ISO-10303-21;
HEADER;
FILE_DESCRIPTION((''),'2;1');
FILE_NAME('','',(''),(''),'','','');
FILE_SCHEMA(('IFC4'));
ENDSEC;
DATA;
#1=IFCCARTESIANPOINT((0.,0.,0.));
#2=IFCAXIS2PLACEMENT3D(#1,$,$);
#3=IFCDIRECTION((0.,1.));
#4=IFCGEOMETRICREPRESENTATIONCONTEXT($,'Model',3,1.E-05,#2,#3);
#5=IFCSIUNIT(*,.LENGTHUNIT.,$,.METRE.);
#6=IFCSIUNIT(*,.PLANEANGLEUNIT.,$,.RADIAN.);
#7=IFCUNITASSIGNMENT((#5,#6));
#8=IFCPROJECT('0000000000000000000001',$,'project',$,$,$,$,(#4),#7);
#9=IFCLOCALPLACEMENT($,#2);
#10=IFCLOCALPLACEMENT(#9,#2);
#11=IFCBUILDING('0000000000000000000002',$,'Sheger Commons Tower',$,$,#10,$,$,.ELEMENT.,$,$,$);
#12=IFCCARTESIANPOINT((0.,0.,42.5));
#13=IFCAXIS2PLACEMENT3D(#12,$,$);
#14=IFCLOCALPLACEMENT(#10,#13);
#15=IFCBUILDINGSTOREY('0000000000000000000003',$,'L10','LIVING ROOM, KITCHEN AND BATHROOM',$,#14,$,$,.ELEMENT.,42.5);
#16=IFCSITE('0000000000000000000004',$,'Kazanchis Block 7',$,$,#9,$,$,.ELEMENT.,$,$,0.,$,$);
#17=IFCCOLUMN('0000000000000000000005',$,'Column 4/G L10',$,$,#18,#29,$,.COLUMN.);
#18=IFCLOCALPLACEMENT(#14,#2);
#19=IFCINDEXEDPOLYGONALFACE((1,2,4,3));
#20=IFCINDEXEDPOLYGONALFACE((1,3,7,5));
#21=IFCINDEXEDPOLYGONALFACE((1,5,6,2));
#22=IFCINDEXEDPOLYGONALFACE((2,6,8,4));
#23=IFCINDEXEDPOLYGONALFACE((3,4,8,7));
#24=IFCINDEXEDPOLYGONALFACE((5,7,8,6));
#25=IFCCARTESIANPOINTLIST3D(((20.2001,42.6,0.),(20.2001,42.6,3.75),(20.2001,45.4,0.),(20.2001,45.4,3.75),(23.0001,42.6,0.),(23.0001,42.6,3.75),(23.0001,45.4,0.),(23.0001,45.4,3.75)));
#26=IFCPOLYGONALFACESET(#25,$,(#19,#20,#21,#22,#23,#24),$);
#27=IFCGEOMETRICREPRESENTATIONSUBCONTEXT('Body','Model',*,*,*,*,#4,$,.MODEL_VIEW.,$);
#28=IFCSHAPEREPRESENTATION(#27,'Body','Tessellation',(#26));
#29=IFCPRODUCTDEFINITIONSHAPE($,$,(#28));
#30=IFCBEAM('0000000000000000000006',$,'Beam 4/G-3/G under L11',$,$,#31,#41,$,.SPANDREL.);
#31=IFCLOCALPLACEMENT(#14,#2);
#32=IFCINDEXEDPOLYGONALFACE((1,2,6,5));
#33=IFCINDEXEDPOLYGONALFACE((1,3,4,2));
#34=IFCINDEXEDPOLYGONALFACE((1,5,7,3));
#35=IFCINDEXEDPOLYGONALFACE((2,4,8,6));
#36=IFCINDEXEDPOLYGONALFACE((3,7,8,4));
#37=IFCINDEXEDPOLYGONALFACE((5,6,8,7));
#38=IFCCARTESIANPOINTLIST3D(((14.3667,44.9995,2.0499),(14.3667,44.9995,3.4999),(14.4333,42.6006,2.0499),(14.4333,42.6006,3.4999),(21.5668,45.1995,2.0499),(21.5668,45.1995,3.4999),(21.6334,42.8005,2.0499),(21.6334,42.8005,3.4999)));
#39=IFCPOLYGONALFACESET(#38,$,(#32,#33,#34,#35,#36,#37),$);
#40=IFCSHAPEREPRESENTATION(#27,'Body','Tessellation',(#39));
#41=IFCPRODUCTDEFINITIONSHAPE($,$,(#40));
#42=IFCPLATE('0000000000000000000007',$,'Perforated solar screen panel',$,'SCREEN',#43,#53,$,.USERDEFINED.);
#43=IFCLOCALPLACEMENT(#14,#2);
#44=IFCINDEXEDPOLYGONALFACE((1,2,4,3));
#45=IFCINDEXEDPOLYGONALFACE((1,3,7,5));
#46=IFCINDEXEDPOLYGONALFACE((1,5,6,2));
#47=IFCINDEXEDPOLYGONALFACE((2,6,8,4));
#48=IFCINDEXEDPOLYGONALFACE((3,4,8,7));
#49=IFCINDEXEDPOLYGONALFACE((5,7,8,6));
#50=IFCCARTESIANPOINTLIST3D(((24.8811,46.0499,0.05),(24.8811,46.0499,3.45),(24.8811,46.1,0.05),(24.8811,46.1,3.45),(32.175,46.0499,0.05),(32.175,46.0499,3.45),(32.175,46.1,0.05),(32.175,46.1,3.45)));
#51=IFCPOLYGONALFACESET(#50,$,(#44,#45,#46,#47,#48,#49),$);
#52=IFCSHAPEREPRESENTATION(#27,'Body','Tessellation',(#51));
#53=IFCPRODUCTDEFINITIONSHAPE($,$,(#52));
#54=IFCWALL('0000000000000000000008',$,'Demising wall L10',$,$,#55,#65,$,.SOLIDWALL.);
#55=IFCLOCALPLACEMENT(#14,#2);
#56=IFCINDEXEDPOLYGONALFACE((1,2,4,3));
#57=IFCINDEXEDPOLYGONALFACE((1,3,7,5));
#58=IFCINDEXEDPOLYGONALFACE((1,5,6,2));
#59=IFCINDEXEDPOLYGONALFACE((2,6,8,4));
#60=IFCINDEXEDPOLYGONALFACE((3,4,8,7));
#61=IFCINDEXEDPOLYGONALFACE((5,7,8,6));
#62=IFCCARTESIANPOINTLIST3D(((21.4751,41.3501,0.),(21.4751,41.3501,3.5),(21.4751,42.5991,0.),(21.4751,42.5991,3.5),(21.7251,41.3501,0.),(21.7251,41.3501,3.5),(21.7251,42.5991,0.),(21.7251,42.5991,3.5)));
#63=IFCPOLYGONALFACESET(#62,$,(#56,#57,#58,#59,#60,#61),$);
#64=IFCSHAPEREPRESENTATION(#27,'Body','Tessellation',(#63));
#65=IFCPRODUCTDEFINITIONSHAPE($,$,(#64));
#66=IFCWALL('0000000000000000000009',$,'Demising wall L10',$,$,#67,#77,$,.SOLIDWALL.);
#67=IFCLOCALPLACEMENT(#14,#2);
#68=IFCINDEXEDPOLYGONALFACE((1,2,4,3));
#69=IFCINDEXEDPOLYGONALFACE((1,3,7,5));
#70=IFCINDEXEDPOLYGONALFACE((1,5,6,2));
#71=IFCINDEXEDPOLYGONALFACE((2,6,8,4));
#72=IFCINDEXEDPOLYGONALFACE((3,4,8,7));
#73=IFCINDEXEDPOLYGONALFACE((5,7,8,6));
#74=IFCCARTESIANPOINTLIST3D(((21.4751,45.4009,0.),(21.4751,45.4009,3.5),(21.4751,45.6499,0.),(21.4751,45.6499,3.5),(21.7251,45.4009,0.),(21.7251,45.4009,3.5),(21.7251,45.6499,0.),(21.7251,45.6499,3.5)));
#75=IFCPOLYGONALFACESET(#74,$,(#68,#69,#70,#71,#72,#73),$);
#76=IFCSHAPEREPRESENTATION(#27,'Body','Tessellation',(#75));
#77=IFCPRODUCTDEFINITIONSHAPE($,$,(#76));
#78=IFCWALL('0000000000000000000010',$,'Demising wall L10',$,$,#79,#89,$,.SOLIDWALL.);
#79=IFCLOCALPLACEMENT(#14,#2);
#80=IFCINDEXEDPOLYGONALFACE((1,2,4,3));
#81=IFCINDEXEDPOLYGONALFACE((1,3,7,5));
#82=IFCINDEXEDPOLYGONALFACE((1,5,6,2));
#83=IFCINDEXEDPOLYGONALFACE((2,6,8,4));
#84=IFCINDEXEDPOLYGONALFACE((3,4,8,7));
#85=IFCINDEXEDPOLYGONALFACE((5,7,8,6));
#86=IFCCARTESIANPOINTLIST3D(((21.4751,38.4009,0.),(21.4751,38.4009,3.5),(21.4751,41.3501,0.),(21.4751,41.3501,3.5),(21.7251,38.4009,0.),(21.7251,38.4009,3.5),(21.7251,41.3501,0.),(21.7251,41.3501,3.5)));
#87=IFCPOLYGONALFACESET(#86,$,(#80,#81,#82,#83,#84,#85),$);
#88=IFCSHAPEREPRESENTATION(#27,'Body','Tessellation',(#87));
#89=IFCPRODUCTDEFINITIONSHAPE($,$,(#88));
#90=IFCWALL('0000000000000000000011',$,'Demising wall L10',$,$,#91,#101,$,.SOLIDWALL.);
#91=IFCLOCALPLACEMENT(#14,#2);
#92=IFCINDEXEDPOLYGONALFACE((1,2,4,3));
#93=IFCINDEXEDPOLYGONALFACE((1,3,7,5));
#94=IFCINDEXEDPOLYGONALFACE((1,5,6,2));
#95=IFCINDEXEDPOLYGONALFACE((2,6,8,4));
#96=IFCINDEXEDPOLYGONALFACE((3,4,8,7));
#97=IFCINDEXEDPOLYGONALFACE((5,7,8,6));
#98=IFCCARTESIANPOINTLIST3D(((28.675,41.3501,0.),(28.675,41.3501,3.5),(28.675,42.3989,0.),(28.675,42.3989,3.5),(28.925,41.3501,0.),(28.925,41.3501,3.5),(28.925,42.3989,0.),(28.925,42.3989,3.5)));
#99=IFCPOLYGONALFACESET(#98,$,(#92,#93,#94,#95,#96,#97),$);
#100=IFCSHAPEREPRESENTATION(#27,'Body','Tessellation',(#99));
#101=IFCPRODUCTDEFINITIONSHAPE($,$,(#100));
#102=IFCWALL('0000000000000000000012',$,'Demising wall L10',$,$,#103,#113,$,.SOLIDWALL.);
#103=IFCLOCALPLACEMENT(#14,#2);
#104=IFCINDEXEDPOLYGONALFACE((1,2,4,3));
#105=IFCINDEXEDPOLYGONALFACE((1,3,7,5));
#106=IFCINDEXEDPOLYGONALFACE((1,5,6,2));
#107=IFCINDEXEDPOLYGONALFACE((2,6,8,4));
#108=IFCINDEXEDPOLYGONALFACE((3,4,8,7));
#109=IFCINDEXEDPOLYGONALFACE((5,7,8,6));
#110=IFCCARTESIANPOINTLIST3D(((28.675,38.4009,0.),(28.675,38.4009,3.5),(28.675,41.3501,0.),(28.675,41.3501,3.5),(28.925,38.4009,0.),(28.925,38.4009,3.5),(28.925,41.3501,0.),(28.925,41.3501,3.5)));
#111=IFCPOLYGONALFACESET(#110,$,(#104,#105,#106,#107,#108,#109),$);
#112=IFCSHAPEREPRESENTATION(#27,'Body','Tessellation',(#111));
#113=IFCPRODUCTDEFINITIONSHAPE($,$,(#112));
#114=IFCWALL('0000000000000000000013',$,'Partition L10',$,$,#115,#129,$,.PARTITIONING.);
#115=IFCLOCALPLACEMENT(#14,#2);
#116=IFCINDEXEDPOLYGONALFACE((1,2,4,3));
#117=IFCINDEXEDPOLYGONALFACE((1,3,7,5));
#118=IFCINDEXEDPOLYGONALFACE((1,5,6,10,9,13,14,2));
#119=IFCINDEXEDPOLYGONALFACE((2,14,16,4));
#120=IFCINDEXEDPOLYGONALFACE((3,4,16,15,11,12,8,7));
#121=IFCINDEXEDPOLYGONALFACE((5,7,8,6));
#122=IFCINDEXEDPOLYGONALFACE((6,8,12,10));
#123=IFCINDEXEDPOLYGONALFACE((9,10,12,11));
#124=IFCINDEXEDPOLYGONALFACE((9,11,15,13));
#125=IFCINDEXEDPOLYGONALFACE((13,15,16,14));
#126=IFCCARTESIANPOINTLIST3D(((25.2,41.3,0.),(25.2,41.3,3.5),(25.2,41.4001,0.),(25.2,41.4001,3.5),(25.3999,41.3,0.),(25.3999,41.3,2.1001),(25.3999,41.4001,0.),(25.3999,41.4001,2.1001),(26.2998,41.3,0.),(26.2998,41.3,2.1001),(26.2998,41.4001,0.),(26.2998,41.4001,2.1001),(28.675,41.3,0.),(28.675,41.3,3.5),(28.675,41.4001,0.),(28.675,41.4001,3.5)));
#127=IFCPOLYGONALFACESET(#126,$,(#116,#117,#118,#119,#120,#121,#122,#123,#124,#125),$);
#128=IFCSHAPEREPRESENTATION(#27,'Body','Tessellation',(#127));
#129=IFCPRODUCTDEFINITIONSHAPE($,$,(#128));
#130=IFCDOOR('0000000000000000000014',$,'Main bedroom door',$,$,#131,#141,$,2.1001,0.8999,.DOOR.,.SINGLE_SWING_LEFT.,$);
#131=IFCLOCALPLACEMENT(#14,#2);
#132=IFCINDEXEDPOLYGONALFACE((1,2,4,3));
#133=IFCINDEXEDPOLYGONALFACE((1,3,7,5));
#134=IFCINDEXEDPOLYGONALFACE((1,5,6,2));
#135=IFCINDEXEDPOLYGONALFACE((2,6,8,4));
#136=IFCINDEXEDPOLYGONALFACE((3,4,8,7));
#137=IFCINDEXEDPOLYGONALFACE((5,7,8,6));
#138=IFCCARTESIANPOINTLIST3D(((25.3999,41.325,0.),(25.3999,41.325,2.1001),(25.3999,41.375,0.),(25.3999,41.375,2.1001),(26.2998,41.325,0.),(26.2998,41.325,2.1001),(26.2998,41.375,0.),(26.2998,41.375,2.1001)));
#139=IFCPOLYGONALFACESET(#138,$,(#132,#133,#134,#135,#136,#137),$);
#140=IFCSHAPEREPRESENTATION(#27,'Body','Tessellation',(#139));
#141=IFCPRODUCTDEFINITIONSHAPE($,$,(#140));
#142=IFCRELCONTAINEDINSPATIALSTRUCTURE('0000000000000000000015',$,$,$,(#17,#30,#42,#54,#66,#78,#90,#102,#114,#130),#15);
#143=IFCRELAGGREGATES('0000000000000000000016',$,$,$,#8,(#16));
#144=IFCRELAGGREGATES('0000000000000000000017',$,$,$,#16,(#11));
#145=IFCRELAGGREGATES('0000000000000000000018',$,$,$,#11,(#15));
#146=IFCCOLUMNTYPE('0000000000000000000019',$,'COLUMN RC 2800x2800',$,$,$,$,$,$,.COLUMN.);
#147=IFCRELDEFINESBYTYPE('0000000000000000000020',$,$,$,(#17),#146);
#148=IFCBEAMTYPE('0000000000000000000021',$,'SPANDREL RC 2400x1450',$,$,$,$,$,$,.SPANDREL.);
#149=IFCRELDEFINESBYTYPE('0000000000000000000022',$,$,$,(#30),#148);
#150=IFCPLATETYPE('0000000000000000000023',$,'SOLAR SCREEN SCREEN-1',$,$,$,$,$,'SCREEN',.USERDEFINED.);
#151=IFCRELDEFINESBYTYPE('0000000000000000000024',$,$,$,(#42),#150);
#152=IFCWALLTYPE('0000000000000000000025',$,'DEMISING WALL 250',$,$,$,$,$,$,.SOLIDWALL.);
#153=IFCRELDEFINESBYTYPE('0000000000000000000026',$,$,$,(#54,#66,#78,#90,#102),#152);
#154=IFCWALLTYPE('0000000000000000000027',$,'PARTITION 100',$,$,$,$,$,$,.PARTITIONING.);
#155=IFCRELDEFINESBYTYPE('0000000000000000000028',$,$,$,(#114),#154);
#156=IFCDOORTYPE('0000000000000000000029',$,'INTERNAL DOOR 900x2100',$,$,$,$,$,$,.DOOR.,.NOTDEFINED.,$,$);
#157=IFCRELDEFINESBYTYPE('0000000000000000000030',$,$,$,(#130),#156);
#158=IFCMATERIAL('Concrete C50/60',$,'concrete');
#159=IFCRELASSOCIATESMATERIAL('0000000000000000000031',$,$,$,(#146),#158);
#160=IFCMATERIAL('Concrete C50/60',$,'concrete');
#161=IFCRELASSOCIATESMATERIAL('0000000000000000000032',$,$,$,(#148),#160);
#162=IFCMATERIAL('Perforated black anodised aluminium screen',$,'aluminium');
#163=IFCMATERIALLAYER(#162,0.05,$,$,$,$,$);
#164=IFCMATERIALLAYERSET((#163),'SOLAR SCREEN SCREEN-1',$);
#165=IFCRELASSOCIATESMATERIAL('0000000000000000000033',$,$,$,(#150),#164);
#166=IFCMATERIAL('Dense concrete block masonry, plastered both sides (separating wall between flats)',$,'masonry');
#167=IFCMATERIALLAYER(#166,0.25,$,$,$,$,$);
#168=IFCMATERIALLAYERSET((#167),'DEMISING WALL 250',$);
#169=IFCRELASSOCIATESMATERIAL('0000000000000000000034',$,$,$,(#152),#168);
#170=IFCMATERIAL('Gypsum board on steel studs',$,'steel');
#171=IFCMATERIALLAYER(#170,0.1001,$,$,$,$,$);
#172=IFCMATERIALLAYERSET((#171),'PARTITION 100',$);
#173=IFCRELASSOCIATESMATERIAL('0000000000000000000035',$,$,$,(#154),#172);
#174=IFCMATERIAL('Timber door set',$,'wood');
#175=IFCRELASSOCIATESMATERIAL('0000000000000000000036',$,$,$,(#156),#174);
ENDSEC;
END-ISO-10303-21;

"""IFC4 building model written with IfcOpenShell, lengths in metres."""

from ifc_helpers import new_model, si_unit, direction, frame, frame_2d, origin, origin_2d, place, context, subcontext, project, spatial, rectangle, extrude, material, layer, layer_set, material_profile, profile_set, type_object, element, fill, save


model = new_model("IFC4")

# Units and contexts
model_context = context("Model", 3, precision=1e-05, world=origin(), true_north=direction((0.0, 1.0)))
body_context = subcontext(model_context, "Body", "Model", "MODEL_VIEW")
ifc_project = project(units=[si_unit("LENGTHUNIT", "METRE"), si_unit("PLANEANGLEUNIT", "RADIAN")], contexts=[model_context])

# Site, building, storey
site_placement = place(None, origin())
site = spatial("IfcSite", under=ifc_project, at=site_placement, Name="Kazanchis Block 7", CompositionType="ELEMENT", RefElevation=0.0)
building_placement = place(site_placement, origin())
building = spatial("IfcBuilding", under=site, at=building_placement, Name="Sheger Commons Tower", CompositionType="ELEMENT")
storey_placement = place(building_placement, frame((0.0, 0.0, 42.5)))
storey = spatial("IfcBuildingStorey", under=building, at=storey_placement, Name="L10", Description="LIVING ROOM, KITCHEN AND BATHROOM", CompositionType="ELEMENT", Elevation=42.5)

# Column
ifc_material_1 = material(Name="Concrete C50/60", Category="concrete")
ifc_material_profile_1 = material_profile(ifc_material_1, rectangle(XDim=2.8, YDim=2.8, at=origin_2d()), Name="RC 2800x2800")
ifc_profile_set_1 = profile_set([ifc_material_profile_1], Name="Concrete C50/60")
column_type = type_object("IfcColumnType", Name="COLUMN RC 2800x2800", PredefinedType="COLUMN", material=ifc_profile_set_1)
column_placement = place(storey_placement, frame((21.6001, 44.0, 0.0), z_axis=(0.0, 0.0, 1.0), x_axis=(1.0, 0.0, 0.0)))
element("IfcColumn", 1, at=column_placement, inside=storey, type_object=column_type, Name="Column 4/G L10", PredefinedType="COLUMN", context=body_context, shape_type="SweptSolid", body=[
    extrude(rectangle(XDim=2.8, YDim=2.8, at=origin_2d()), origin(), (0.0, 0.0, 1.0), 3.75),
])

# Beam
ifc_material_2 = material(Name="Concrete C50/60", Category="concrete")
ifc_material_profile_2 = material_profile(ifc_material_2, rectangle(XDim=2.3999, YDim=1.45, at=origin_2d()), Name="RC 2400x1450")
ifc_profile_set_2 = profile_set([ifc_material_profile_2], Name="Concrete C50/60")
beam_type = type_object("IfcBeamType", Name="SPANDREL RC 2400x1450", PredefinedType="SPANDREL", material=ifc_profile_set_2)
beam_placement = place(storey_placement, frame((21.6001, 44.0, 2.7749), z_axis=(-0.999615, -0.02776, 0.0), x_axis=(0.02776, -0.999615, 0.0)))
element("IfcBeam", 2, at=beam_placement, inside=storey, type_object=beam_type, Name="Beam 4/G-3/G under L11", PredefinedType="SPANDREL", context=body_context, shape_type="SweptSolid", body=[
    extrude(rectangle(XDim=2.3999, YDim=1.45, at=origin_2d()), origin(), (0.0, 0.0, 1.0), 7.2029),
])

# Plate
ifc_material_3 = material(Name="Perforated black anodised aluminium screen", Category="aluminium")
ifc_layer_1 = layer(ifc_material_3, 0.05)
ifc_layer_set_1 = layer_set([ifc_layer_1], Name="SOLAR SCREEN SCREEN-1")
plate_type = type_object("IfcPlateType", Name="SOLAR SCREEN SCREEN-1", ElementType="SCREEN", PredefinedType="USERDEFINED", material=ifc_layer_set_1)
plate_placement = place(storey_placement, frame((28.5281, 46.075, 0.05), z_axis=(0.0, 0.0, 1.0), x_axis=(-1.0, 0.0, 0.0)))
element("IfcPlate", 3, at=plate_placement, inside=storey, type_object=plate_type, Name="Perforated solar screen panel", ObjectType="SCREEN", PredefinedType="USERDEFINED", context=body_context, shape_type="SweptSolid", body=[
    extrude(rectangle(XDim=7.2939, YDim=0.05, at=origin_2d()), origin(), (0.0, 0.0, 1.0), 3.3999),
])

# Walls
ifc_material_4 = material(Name="Dense concrete block masonry, plastered both sides (separating wall between flats)", Category="masonry")
ifc_layer_2 = layer(ifc_material_4, 0.25)
ifc_layer_set_2 = layer_set([ifc_layer_2], Name="DEMISING WALL 250")
wall_type_1 = type_object("IfcWallType", Name="DEMISING WALL 250", PredefinedType="SOLIDWALL", material=ifc_layer_set_2)
wall_1_placement = place(storey_placement, frame((21.6001, 41.3501, 0.0), z_axis=(0.0, 0.0, 1.0), x_axis=(0.0, 1.0, 0.0)))
element("IfcWall", 4, at=wall_1_placement, inside=storey, type_object=wall_type_1, Name="Demising wall L10", PredefinedType="SOLIDWALL", context=body_context, shape_type="SweptSolid", body=[
    extrude(rectangle(XDim=1.249, YDim=0.25, at=frame_2d((0.6245, 0.0))), origin(), (0.0, 0.0, 1.0), 3.5),
])
wall_2_placement = place(storey_placement, frame((21.6001, 45.4009, 0.0), z_axis=(0.0, 0.0, 1.0), x_axis=(0.0, 1.0, 0.0)))
element("IfcWall", 5, at=wall_2_placement, inside=storey, type_object=wall_type_1, Name="Demising wall L10", PredefinedType="SOLIDWALL", context=body_context, shape_type="SweptSolid", body=[
    extrude(rectangle(XDim=0.249, YDim=0.25, at=frame_2d((0.1245, 0.0))), origin(), (0.0, 0.0, 1.0), 3.5),
])
wall_3_placement = place(storey_placement, frame((21.6001, 38.4009, 0.0), z_axis=(0.0, 0.0, 1.0), x_axis=(0.0, 1.0, 0.0)))
element("IfcWall", 6, at=wall_3_placement, inside=storey, type_object=wall_type_1, Name="Demising wall L10", PredefinedType="SOLIDWALL", context=body_context, shape_type="SweptSolid", body=[
    extrude(rectangle(XDim=2.9492, YDim=0.25, at=frame_2d((1.4746, 0.0))), origin(), (0.0, 0.0, 1.0), 3.5),
])
wall_4_placement = place(storey_placement, frame((28.8, 41.3501, 0.0), z_axis=(0.0, 0.0, 1.0), x_axis=(0.0, 1.0, 0.0)))
element("IfcWall", 7, at=wall_4_placement, inside=storey, type_object=wall_type_1, Name="Demising wall L10", PredefinedType="SOLIDWALL", context=body_context, shape_type="SweptSolid", body=[
    extrude(rectangle(XDim=1.0488, YDim=0.25, at=frame_2d((0.5244, 0.0))), origin(), (0.0, 0.0, 1.0), 3.5),
])
wall_5_placement = place(storey_placement, frame((28.8, 38.4009, 0.0), z_axis=(0.0, 0.0, 1.0), x_axis=(0.0, 1.0, 0.0)))
element("IfcWall", 8, at=wall_5_placement, inside=storey, type_object=wall_type_1, Name="Demising wall L10", PredefinedType="SOLIDWALL", context=body_context, shape_type="SweptSolid", body=[
    extrude(rectangle(XDim=2.9492, YDim=0.25, at=frame_2d((1.4746, 0.0))), origin(), (0.0, 0.0, 1.0), 3.5),
])

# Wall, opening, door
ifc_material_5 = material(Name="Gypsum board on steel studs", Category="steel")
ifc_layer_3 = layer(ifc_material_5, 0.1001)
ifc_layer_set_3 = layer_set([ifc_layer_3], Name="PARTITION 100")
wall_type_2 = type_object("IfcWallType", Name="PARTITION 100", PredefinedType="PARTITIONING", material=ifc_layer_set_3)
wall_6_placement = place(storey_placement, frame((25.2, 41.3501, 0.0), z_axis=(0.0, 0.0, 1.0), x_axis=(1.0, 0.0, 0.0)))
wall_6 = element("IfcWall", 9, at=wall_6_placement, inside=storey, type_object=wall_type_2, Name="Partition L10", PredefinedType="PARTITIONING", context=body_context, shape_type="SweptSolid", body=[
    extrude(rectangle(XDim=3.4751, YDim=0.1001, at=frame_2d((1.7375, 0.0))), origin(), (0.0, 0.0, 1.0), 3.5),
])
opening_1_placement = place(wall_6_placement, frame((0.2, 0.0, 0.0)))
opening_1 = element("IfcOpeningElement", 10, at=opening_1_placement, cuts=wall_6, PredefinedType="OPENING", context=body_context, shape_type="SweptSolid", body=[
    extrude(rectangle(XDim=0.8999, YDim=2.1001, at=frame_2d((0.45, 1.05))), frame((0.0, 0.0601, 0.0), z_axis=(0.0, -1.0, 0.0), x_axis=(1.0, 0.0, 0.0)), (0.0, 0.0, 1.0), 0.1201),
])
ifc_material_6 = material(Name="Timber door set", Category="wood")
door_type = type_object("IfcDoorType", Name="INTERNAL DOOR 900x2100", OperationType="NOTDEFINED", PredefinedType="DOOR", material=ifc_material_6)
door_1_placement = place(opening_1_placement, origin())
door_1 = element("IfcDoor", 11, at=door_1_placement, inside=storey, type_object=door_type, Name="Main bedroom door", OperationType="SINGLE_SWING_LEFT", OverallHeight=2.1001, OverallWidth=0.8999, PredefinedType="DOOR", context=body_context, shape_type="SweptSolid", body=[
    extrude(rectangle(XDim=0.8999, YDim=2.1001, at=frame_2d((0.45, 1.05))), frame((0.0, 0.0249, 0.0), z_axis=(0.0, -1.0, 0.0), x_axis=(1.0, 0.0, 0.0)), (0.0, 0.0, 1.0), 0.05),
])
fill(opening_1, door_1)

save(model, "model.ifc")
